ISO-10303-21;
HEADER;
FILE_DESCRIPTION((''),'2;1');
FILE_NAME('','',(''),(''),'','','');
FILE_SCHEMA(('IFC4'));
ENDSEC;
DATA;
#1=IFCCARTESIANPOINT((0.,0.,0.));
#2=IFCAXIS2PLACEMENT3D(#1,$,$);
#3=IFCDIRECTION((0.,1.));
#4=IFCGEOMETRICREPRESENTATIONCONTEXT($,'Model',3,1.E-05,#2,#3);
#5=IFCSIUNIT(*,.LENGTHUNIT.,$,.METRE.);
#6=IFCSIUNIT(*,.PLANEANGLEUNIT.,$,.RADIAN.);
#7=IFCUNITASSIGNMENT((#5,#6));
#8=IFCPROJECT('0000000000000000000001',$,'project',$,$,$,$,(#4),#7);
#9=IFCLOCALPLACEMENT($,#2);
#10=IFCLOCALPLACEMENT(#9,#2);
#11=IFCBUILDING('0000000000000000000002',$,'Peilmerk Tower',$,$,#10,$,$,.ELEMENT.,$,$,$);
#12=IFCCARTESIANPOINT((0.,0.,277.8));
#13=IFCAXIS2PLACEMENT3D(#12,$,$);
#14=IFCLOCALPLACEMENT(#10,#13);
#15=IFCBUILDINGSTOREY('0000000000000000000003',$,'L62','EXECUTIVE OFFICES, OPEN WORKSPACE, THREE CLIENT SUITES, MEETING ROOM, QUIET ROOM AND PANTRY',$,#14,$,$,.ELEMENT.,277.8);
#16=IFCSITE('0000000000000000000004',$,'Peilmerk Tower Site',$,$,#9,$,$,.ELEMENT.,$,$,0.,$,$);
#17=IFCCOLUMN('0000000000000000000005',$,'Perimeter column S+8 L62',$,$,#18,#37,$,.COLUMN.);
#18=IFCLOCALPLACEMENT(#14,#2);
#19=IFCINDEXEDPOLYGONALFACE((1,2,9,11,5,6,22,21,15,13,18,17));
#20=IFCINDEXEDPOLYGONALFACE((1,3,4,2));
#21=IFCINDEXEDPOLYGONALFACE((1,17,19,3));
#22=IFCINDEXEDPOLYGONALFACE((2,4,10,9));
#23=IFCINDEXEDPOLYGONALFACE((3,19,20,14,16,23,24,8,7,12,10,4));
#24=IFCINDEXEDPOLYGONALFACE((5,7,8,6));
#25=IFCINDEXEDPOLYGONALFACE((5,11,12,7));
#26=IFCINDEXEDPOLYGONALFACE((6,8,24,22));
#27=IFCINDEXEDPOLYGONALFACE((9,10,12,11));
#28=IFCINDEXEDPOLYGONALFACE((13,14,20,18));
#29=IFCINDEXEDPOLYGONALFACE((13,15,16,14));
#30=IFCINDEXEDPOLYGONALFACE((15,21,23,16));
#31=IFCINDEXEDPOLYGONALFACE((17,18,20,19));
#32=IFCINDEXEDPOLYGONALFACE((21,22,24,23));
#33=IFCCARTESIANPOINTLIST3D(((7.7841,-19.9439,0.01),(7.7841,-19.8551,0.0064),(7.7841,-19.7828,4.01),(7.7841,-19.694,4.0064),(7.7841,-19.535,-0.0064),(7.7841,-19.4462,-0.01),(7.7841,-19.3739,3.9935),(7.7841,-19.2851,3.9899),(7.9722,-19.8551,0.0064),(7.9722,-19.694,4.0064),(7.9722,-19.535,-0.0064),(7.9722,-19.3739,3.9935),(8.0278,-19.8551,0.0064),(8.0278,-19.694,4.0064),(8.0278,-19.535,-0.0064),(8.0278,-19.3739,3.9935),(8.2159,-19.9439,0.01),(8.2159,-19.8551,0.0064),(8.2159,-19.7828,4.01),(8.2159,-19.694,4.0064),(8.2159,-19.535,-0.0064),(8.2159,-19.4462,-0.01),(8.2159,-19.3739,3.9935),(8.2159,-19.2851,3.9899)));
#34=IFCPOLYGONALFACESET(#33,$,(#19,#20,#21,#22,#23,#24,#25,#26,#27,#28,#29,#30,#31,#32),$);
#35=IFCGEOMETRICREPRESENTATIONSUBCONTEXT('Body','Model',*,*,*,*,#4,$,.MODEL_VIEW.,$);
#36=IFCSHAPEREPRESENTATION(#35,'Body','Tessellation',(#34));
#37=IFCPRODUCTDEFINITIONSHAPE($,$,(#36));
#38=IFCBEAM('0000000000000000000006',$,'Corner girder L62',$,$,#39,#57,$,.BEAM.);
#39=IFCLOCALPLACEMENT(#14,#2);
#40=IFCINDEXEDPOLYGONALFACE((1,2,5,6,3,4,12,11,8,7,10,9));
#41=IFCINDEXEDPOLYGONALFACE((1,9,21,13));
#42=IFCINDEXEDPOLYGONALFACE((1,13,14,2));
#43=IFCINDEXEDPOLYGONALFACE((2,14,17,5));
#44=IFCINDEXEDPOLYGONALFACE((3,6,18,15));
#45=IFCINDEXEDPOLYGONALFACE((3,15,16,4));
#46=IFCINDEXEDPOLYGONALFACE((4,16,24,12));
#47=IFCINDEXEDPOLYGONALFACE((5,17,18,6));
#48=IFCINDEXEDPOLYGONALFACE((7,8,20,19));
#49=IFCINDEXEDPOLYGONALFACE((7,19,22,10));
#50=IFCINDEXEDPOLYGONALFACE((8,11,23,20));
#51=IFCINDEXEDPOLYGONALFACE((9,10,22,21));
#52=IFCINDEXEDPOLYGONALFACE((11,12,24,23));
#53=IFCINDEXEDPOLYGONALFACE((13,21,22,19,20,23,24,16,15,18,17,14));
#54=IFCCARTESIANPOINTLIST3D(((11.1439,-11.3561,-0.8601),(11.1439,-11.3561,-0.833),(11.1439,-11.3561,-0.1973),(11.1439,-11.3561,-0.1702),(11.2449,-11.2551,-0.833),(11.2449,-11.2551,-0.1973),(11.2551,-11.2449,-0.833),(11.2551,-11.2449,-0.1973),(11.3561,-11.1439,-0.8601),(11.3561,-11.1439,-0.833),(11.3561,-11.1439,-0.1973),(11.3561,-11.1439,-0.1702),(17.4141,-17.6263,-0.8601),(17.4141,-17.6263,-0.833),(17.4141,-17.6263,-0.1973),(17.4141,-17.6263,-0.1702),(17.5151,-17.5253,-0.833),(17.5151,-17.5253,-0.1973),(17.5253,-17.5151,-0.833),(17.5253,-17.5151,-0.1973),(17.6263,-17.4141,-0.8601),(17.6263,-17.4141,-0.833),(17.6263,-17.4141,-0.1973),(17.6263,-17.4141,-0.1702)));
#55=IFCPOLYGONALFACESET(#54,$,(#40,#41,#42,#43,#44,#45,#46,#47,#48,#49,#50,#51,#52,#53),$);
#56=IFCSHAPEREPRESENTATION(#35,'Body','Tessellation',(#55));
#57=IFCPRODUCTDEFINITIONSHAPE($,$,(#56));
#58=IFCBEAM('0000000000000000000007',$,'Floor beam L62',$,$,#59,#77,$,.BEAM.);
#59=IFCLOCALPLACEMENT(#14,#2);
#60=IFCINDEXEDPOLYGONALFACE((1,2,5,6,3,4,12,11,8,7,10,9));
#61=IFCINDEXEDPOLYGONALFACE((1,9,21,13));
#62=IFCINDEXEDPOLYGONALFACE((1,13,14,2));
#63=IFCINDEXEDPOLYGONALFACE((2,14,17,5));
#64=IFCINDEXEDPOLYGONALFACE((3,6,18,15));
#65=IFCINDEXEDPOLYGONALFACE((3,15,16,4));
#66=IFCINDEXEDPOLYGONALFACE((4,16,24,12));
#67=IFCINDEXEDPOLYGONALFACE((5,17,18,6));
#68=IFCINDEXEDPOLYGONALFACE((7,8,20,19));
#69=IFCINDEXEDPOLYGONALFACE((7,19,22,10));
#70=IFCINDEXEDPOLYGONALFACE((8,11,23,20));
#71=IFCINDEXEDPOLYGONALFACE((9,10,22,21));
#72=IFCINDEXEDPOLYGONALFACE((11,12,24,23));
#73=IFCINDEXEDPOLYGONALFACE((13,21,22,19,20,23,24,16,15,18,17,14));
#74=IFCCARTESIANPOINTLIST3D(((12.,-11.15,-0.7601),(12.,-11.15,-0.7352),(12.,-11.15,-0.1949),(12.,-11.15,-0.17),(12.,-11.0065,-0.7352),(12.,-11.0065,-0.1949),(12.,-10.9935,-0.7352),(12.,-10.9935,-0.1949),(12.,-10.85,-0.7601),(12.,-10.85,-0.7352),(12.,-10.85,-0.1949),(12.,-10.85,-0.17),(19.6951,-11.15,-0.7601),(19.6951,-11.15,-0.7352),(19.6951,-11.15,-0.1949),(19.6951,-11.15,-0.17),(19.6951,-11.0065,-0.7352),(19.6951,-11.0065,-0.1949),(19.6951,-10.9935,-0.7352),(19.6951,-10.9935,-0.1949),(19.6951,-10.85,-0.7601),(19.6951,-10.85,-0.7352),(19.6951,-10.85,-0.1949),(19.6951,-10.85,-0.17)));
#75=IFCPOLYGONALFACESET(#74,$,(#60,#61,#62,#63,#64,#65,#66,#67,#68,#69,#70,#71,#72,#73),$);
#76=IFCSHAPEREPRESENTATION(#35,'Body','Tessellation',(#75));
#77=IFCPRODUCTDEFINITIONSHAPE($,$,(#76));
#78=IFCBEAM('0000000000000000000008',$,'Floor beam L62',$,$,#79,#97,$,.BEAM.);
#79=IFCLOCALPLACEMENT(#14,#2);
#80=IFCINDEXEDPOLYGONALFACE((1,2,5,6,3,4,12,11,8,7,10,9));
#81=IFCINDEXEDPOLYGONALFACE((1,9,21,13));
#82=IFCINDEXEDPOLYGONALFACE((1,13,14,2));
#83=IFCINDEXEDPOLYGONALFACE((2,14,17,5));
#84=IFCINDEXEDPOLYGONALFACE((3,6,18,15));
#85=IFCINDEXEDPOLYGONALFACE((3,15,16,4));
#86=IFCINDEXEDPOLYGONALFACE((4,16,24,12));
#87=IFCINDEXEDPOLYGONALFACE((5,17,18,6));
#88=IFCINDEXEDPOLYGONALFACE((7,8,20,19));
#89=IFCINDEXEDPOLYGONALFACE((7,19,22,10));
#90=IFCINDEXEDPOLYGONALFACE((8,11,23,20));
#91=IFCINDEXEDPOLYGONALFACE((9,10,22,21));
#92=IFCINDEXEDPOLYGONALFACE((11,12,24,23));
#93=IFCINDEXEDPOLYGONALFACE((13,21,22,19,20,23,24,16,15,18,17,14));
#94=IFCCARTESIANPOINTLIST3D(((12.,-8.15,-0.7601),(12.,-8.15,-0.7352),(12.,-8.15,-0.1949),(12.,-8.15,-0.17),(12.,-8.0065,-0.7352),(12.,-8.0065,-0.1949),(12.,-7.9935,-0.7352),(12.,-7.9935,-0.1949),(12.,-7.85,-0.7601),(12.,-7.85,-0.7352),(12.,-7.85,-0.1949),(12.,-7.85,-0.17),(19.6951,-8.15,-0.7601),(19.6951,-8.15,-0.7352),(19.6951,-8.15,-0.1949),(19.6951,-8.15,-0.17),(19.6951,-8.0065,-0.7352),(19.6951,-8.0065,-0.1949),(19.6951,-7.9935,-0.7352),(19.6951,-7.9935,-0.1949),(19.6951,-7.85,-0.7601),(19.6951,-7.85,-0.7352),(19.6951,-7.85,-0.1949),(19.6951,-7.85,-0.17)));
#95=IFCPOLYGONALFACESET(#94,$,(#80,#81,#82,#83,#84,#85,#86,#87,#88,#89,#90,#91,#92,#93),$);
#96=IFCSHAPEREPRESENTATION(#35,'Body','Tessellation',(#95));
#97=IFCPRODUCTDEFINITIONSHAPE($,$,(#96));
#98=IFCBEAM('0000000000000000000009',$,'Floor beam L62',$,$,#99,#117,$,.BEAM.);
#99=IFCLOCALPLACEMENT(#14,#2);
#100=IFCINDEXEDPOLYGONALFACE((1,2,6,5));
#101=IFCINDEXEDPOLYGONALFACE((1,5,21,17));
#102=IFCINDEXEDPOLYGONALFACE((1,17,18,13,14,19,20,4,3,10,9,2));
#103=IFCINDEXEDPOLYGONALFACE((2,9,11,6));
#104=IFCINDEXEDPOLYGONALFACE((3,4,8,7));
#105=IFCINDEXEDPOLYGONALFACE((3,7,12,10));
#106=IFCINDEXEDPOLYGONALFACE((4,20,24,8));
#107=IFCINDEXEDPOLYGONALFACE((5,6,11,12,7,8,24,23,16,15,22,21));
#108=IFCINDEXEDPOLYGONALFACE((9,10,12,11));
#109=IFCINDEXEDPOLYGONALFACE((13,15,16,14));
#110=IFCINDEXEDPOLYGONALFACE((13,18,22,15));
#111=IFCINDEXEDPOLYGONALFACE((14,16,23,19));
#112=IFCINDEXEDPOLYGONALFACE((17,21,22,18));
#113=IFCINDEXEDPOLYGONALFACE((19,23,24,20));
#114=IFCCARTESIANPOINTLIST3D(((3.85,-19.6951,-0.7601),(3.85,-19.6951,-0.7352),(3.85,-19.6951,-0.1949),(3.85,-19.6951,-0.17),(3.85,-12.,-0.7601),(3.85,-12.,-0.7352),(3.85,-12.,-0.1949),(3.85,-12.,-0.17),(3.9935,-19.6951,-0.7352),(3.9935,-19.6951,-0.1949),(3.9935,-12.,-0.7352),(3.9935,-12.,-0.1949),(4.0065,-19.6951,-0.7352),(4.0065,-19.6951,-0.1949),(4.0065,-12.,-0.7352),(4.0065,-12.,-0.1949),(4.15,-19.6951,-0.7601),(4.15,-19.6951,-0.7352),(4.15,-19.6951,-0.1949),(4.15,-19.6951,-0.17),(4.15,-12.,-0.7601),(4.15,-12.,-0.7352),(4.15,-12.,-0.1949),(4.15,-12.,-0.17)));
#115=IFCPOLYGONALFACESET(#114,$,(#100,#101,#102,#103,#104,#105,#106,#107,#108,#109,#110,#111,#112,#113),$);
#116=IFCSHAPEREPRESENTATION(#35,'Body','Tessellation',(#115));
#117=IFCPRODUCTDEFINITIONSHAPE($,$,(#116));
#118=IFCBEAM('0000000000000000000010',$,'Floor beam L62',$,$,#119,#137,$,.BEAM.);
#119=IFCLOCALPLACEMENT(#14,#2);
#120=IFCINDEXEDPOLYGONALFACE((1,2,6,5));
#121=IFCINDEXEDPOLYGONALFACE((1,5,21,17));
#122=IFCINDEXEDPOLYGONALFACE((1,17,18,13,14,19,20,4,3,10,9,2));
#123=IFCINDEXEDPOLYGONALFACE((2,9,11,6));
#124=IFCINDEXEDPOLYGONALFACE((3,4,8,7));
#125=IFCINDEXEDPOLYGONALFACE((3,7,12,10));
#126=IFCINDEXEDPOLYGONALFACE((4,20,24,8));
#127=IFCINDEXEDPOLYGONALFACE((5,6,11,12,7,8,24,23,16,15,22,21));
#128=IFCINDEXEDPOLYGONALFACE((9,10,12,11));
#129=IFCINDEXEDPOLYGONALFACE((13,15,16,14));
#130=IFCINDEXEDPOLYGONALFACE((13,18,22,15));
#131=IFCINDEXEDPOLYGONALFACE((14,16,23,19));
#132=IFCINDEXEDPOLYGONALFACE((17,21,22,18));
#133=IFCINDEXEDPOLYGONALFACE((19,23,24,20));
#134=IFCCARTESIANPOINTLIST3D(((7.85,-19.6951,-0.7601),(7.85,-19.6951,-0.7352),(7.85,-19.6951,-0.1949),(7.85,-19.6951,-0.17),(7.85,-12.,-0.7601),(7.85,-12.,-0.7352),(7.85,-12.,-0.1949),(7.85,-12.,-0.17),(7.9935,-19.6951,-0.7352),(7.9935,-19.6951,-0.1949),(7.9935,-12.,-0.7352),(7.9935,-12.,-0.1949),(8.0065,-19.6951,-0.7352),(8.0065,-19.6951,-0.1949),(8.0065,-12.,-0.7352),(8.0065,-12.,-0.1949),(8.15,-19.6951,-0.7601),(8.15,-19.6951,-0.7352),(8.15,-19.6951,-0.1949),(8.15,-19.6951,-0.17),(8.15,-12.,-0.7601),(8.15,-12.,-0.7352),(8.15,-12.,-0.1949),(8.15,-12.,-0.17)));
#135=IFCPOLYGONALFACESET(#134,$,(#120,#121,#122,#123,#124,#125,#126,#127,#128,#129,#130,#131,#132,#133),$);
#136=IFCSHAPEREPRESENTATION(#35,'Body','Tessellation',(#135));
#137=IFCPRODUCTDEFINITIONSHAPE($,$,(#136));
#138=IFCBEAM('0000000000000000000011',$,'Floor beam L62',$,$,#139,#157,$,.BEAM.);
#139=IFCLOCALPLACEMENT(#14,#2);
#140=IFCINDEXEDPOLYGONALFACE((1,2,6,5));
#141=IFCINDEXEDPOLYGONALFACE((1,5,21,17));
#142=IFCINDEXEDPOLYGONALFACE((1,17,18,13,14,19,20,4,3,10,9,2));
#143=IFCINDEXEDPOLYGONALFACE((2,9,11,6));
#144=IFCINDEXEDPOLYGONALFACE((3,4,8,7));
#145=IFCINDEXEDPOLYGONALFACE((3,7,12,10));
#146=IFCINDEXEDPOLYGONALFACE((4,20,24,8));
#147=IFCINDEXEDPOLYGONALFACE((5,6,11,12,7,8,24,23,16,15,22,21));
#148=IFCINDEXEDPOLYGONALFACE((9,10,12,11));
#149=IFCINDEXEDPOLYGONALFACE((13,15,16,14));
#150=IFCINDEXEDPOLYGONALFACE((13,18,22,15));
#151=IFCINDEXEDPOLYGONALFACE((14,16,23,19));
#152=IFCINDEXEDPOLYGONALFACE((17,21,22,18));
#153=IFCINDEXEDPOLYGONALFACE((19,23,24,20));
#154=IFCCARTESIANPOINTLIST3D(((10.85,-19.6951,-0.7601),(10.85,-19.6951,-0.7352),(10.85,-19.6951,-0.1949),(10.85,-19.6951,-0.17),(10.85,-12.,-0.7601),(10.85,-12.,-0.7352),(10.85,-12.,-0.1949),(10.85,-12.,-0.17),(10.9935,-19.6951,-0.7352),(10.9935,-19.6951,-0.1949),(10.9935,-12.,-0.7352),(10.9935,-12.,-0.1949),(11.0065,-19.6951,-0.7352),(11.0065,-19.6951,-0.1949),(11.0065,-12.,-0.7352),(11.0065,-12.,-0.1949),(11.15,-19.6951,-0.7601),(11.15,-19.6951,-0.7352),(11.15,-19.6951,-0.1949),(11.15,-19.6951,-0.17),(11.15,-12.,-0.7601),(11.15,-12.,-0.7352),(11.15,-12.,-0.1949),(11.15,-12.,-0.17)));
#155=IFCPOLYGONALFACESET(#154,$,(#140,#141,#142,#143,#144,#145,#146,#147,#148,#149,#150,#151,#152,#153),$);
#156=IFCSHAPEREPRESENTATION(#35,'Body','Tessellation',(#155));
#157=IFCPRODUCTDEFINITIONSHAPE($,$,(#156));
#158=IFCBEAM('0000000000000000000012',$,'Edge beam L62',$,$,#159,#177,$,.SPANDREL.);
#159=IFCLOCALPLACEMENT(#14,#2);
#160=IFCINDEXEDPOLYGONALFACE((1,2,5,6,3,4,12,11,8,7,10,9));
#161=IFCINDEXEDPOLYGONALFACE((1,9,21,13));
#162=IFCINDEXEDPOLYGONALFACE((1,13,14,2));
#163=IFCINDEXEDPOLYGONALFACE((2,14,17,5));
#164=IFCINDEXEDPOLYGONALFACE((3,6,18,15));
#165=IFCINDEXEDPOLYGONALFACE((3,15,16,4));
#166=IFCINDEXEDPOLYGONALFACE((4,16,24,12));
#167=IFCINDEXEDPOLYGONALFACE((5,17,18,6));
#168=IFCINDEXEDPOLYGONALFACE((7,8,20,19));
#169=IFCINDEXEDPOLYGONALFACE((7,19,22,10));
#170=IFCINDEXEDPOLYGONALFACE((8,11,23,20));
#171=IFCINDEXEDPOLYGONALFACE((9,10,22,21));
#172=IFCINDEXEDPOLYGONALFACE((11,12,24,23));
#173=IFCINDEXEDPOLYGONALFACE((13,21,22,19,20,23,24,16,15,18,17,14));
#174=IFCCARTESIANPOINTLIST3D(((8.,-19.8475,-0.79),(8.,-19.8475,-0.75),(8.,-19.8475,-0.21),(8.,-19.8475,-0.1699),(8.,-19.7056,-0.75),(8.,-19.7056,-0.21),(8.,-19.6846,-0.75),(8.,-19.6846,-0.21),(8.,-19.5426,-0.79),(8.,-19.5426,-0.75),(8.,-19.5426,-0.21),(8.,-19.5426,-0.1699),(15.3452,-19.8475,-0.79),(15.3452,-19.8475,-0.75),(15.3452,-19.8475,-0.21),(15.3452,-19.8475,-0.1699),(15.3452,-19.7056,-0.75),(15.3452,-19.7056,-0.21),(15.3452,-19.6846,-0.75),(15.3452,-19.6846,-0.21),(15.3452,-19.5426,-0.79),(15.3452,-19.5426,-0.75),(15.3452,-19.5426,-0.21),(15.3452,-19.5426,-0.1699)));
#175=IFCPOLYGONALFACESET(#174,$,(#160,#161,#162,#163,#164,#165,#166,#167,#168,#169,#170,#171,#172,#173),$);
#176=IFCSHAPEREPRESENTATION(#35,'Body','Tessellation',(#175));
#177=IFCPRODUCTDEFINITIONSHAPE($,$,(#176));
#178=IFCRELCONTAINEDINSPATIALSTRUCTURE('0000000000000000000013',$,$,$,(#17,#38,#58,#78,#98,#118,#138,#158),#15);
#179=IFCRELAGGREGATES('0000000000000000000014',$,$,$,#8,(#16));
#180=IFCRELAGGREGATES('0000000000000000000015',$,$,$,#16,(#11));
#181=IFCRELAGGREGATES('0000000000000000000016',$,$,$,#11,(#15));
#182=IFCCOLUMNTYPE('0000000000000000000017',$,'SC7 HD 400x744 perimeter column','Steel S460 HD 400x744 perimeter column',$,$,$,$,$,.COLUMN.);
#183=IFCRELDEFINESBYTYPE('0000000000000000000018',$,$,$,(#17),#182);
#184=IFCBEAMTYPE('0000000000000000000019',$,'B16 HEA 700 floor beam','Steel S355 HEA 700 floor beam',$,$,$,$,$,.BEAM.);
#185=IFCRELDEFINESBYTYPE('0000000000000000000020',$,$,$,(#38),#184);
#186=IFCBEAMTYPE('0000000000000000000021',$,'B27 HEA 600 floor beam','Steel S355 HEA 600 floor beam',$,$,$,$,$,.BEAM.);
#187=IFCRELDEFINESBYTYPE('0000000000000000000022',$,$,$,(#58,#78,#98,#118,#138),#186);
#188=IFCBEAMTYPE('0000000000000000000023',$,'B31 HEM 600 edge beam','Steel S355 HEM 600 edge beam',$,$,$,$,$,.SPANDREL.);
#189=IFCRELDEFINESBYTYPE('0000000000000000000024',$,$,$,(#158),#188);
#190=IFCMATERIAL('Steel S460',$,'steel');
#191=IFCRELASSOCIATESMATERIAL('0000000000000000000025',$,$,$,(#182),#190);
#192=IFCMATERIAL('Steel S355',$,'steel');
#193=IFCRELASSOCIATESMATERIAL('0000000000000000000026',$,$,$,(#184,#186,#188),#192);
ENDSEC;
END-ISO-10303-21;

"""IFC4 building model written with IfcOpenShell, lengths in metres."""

from ifc_helpers import new_model, si_unit, direction, frame, origin, origin_2d, place, context, subcontext, project, spatial, i_section, extrude, material, material_profile, profile_set, type_object, element, save


model = new_model("IFC4")

# Units and contexts
model_context = context("Model", 3, precision=1e-05, world=origin(), true_north=direction((0.0, 1.0)))
body_context = subcontext(model_context, "Body", "Model", "MODEL_VIEW")
ifc_project = project(units=[si_unit("LENGTHUNIT", "METRE"), si_unit("PLANEANGLEUNIT", "RADIAN")], contexts=[model_context])

# Site, building, storey
site_placement = place(None, origin())
site = spatial("IfcSite", under=ifc_project, at=site_placement, Name="Peilmerk Tower Site", CompositionType="ELEMENT", RefElevation=0.0)
building_placement = place(site_placement, origin())
building = spatial("IfcBuilding", under=site, at=building_placement, Name="Peilmerk Tower", CompositionType="ELEMENT")
storey_placement = place(building_placement, frame((0.0, 0.0, 277.8)))
storey = spatial("IfcBuildingStorey", under=building, at=storey_placement, Name="L62", Description="EXECUTIVE OFFICES, OPEN WORKSPACE, THREE CLIENT SUITES, MEETING ROOM, QUIET ROOM AND PANTRY", CompositionType="ELEMENT", Elevation=277.8)

# Column
ifc_material_1 = material(Name="Steel S460", Category="steel")
ifc_material_profile_1 = material_profile(ifc_material_1, i_section(OverallWidth=0.4319, OverallDepth=0.498, WebThickness=0.0557, FlangeThickness=0.0889, at=origin_2d()), Name="HD 400x744")
ifc_profile_set_1 = profile_set([ifc_material_profile_1], Name="Steel S460")
column_type = type_object("IfcColumnType", Name="SC7 HD 400x744 perimeter column", Description="Steel S460 HD 400x744 perimeter column", PredefinedType="COLUMN", material=ifc_profile_set_1)
column_placement = place(storey_placement, frame((8.0, -19.6951, 0.0), z_axis=(0.0, 0.040251, 0.99919), x_axis=(-1.0, 0.0, 0.0)))
element("IfcColumn", 1, at=column_placement, inside=storey, type_object=column_type, Name="Perimeter column S+8 L62", PredefinedType="COLUMN", context=body_context, shape_type="SweptSolid", body=[
    extrude(i_section(OverallWidth=0.4319, OverallDepth=0.498, WebThickness=0.0557, FlangeThickness=0.0889, at=origin_2d()), origin(), (0.0, 0.0, 1.0), 4.0032),
])

# Beams
ifc_material_2 = material(Name="Steel S355", Category="steel")
ifc_material_profile_2 = material_profile(ifc_material_2, i_section(OverallWidth=0.3, OverallDepth=0.6899, WebThickness=0.0144, FlangeThickness=0.0271, at=origin_2d()), Name="HEA 700")
ifc_profile_set_2 = profile_set([ifc_material_profile_2], Name="Steel S355")
beam_type_1 = type_object("IfcBeamType", Name="B16 HEA 700 floor beam", Description="Steel S355 HEA 700 floor beam", PredefinedType="BEAM", material=ifc_profile_set_2)
beam_1_placement = place(storey_placement, frame((11.25, -11.25, -0.5151), z_axis=(0.707107, -0.707107, 0.0), x_axis=(0.707107, 0.707107, 0.0)))
element("IfcBeam", 2, at=beam_1_placement, inside=storey, type_object=beam_type_1, Name="Corner girder L62", PredefinedType="BEAM", context=body_context, shape_type="SweptSolid", body=[
    extrude(i_section(OverallWidth=0.3, OverallDepth=0.6899, WebThickness=0.0144, FlangeThickness=0.0271, at=origin_2d()), origin(), (0.0, 0.0, 1.0), 8.8674),
])
ifc_material_profile_3 = material_profile(ifc_material_2, i_section(OverallWidth=0.3, OverallDepth=0.5901, WebThickness=0.0129, FlangeThickness=0.0249, at=origin_2d()), Name="HEA 600")
ifc_profile_set_3 = profile_set([ifc_material_profile_3], Name="Steel S355")
beam_type_2 = type_object("IfcBeamType", Name="B27 HEA 600 floor beam", Description="Steel S355 HEA 600 floor beam", PredefinedType="BEAM", material=ifc_profile_set_3)
for number, where, z_axis, x_axis, name in (
    (3, (12.0, -11.0, -0.4651), (1.0, 0.0, 0.0), (0.0, 1.0, 0.0), "Floor beam L62"),
    (4, (12.0, -8.0, -0.4651), (1.0, 0.0, 0.0), (0.0, 1.0, 0.0), "Floor beam L62"),
    (5, (4.0, -12.0, -0.4651), (0.0, -1.0, 0.0), (1.0, 0.0, 0.0), "Floor beam L62"),
    (6, (8.0, -12.0, -0.4651), (0.0, -1.0, 0.0), (1.0, 0.0, 0.0), "Floor beam L62"),
    (7, (11.0, -12.0, -0.4651), (0.0, -1.0, 0.0), (1.0, 0.0, 0.0), "Floor beam L62"),
):
    element("IfcBeam", number, at=place(storey_placement, frame(where, z_axis=z_axis, x_axis=x_axis)), inside=storey, type_object=beam_type_2, Name=name, PredefinedType="BEAM", context=body_context, shape_type="SweptSolid", body=[
        extrude(i_section(OverallWidth=0.3, OverallDepth=0.5901, WebThickness=0.0129, FlangeThickness=0.0249, at=origin_2d()), origin(), (0.0, 0.0, 1.0), 7.6951),
    ])
ifc_material_profile_4 = material_profile(ifc_material_2, i_section(OverallWidth=0.3049, OverallDepth=0.6201, WebThickness=0.021, FlangeThickness=0.04, at=origin_2d()), Name="HEM 600")
ifc_profile_set_4 = profile_set([ifc_material_profile_4], Name="Steel S355")
beam_type_3 = type_object("IfcBeamType", Name="B31 HEM 600 edge beam", Description="Steel S355 HEM 600 edge beam", PredefinedType="SPANDREL", material=ifc_profile_set_4)
beam_2_placement = place(storey_placement, frame((8.0, -19.6951, -0.48), z_axis=(1.0, 0.0, 0.0), x_axis=(0.0, 1.0, 0.0)))
element("IfcBeam", 8, at=beam_2_placement, inside=storey, type_object=beam_type_3, Name="Edge beam L62", PredefinedType="SPANDREL", context=body_context, shape_type="SweptSolid", body=[
    extrude(i_section(OverallWidth=0.3049, OverallDepth=0.6201, WebThickness=0.021, FlangeThickness=0.04, at=origin_2d()), origin(), (0.0, 0.0, 1.0), 7.3452),
])

save(model, "model.ifc")
